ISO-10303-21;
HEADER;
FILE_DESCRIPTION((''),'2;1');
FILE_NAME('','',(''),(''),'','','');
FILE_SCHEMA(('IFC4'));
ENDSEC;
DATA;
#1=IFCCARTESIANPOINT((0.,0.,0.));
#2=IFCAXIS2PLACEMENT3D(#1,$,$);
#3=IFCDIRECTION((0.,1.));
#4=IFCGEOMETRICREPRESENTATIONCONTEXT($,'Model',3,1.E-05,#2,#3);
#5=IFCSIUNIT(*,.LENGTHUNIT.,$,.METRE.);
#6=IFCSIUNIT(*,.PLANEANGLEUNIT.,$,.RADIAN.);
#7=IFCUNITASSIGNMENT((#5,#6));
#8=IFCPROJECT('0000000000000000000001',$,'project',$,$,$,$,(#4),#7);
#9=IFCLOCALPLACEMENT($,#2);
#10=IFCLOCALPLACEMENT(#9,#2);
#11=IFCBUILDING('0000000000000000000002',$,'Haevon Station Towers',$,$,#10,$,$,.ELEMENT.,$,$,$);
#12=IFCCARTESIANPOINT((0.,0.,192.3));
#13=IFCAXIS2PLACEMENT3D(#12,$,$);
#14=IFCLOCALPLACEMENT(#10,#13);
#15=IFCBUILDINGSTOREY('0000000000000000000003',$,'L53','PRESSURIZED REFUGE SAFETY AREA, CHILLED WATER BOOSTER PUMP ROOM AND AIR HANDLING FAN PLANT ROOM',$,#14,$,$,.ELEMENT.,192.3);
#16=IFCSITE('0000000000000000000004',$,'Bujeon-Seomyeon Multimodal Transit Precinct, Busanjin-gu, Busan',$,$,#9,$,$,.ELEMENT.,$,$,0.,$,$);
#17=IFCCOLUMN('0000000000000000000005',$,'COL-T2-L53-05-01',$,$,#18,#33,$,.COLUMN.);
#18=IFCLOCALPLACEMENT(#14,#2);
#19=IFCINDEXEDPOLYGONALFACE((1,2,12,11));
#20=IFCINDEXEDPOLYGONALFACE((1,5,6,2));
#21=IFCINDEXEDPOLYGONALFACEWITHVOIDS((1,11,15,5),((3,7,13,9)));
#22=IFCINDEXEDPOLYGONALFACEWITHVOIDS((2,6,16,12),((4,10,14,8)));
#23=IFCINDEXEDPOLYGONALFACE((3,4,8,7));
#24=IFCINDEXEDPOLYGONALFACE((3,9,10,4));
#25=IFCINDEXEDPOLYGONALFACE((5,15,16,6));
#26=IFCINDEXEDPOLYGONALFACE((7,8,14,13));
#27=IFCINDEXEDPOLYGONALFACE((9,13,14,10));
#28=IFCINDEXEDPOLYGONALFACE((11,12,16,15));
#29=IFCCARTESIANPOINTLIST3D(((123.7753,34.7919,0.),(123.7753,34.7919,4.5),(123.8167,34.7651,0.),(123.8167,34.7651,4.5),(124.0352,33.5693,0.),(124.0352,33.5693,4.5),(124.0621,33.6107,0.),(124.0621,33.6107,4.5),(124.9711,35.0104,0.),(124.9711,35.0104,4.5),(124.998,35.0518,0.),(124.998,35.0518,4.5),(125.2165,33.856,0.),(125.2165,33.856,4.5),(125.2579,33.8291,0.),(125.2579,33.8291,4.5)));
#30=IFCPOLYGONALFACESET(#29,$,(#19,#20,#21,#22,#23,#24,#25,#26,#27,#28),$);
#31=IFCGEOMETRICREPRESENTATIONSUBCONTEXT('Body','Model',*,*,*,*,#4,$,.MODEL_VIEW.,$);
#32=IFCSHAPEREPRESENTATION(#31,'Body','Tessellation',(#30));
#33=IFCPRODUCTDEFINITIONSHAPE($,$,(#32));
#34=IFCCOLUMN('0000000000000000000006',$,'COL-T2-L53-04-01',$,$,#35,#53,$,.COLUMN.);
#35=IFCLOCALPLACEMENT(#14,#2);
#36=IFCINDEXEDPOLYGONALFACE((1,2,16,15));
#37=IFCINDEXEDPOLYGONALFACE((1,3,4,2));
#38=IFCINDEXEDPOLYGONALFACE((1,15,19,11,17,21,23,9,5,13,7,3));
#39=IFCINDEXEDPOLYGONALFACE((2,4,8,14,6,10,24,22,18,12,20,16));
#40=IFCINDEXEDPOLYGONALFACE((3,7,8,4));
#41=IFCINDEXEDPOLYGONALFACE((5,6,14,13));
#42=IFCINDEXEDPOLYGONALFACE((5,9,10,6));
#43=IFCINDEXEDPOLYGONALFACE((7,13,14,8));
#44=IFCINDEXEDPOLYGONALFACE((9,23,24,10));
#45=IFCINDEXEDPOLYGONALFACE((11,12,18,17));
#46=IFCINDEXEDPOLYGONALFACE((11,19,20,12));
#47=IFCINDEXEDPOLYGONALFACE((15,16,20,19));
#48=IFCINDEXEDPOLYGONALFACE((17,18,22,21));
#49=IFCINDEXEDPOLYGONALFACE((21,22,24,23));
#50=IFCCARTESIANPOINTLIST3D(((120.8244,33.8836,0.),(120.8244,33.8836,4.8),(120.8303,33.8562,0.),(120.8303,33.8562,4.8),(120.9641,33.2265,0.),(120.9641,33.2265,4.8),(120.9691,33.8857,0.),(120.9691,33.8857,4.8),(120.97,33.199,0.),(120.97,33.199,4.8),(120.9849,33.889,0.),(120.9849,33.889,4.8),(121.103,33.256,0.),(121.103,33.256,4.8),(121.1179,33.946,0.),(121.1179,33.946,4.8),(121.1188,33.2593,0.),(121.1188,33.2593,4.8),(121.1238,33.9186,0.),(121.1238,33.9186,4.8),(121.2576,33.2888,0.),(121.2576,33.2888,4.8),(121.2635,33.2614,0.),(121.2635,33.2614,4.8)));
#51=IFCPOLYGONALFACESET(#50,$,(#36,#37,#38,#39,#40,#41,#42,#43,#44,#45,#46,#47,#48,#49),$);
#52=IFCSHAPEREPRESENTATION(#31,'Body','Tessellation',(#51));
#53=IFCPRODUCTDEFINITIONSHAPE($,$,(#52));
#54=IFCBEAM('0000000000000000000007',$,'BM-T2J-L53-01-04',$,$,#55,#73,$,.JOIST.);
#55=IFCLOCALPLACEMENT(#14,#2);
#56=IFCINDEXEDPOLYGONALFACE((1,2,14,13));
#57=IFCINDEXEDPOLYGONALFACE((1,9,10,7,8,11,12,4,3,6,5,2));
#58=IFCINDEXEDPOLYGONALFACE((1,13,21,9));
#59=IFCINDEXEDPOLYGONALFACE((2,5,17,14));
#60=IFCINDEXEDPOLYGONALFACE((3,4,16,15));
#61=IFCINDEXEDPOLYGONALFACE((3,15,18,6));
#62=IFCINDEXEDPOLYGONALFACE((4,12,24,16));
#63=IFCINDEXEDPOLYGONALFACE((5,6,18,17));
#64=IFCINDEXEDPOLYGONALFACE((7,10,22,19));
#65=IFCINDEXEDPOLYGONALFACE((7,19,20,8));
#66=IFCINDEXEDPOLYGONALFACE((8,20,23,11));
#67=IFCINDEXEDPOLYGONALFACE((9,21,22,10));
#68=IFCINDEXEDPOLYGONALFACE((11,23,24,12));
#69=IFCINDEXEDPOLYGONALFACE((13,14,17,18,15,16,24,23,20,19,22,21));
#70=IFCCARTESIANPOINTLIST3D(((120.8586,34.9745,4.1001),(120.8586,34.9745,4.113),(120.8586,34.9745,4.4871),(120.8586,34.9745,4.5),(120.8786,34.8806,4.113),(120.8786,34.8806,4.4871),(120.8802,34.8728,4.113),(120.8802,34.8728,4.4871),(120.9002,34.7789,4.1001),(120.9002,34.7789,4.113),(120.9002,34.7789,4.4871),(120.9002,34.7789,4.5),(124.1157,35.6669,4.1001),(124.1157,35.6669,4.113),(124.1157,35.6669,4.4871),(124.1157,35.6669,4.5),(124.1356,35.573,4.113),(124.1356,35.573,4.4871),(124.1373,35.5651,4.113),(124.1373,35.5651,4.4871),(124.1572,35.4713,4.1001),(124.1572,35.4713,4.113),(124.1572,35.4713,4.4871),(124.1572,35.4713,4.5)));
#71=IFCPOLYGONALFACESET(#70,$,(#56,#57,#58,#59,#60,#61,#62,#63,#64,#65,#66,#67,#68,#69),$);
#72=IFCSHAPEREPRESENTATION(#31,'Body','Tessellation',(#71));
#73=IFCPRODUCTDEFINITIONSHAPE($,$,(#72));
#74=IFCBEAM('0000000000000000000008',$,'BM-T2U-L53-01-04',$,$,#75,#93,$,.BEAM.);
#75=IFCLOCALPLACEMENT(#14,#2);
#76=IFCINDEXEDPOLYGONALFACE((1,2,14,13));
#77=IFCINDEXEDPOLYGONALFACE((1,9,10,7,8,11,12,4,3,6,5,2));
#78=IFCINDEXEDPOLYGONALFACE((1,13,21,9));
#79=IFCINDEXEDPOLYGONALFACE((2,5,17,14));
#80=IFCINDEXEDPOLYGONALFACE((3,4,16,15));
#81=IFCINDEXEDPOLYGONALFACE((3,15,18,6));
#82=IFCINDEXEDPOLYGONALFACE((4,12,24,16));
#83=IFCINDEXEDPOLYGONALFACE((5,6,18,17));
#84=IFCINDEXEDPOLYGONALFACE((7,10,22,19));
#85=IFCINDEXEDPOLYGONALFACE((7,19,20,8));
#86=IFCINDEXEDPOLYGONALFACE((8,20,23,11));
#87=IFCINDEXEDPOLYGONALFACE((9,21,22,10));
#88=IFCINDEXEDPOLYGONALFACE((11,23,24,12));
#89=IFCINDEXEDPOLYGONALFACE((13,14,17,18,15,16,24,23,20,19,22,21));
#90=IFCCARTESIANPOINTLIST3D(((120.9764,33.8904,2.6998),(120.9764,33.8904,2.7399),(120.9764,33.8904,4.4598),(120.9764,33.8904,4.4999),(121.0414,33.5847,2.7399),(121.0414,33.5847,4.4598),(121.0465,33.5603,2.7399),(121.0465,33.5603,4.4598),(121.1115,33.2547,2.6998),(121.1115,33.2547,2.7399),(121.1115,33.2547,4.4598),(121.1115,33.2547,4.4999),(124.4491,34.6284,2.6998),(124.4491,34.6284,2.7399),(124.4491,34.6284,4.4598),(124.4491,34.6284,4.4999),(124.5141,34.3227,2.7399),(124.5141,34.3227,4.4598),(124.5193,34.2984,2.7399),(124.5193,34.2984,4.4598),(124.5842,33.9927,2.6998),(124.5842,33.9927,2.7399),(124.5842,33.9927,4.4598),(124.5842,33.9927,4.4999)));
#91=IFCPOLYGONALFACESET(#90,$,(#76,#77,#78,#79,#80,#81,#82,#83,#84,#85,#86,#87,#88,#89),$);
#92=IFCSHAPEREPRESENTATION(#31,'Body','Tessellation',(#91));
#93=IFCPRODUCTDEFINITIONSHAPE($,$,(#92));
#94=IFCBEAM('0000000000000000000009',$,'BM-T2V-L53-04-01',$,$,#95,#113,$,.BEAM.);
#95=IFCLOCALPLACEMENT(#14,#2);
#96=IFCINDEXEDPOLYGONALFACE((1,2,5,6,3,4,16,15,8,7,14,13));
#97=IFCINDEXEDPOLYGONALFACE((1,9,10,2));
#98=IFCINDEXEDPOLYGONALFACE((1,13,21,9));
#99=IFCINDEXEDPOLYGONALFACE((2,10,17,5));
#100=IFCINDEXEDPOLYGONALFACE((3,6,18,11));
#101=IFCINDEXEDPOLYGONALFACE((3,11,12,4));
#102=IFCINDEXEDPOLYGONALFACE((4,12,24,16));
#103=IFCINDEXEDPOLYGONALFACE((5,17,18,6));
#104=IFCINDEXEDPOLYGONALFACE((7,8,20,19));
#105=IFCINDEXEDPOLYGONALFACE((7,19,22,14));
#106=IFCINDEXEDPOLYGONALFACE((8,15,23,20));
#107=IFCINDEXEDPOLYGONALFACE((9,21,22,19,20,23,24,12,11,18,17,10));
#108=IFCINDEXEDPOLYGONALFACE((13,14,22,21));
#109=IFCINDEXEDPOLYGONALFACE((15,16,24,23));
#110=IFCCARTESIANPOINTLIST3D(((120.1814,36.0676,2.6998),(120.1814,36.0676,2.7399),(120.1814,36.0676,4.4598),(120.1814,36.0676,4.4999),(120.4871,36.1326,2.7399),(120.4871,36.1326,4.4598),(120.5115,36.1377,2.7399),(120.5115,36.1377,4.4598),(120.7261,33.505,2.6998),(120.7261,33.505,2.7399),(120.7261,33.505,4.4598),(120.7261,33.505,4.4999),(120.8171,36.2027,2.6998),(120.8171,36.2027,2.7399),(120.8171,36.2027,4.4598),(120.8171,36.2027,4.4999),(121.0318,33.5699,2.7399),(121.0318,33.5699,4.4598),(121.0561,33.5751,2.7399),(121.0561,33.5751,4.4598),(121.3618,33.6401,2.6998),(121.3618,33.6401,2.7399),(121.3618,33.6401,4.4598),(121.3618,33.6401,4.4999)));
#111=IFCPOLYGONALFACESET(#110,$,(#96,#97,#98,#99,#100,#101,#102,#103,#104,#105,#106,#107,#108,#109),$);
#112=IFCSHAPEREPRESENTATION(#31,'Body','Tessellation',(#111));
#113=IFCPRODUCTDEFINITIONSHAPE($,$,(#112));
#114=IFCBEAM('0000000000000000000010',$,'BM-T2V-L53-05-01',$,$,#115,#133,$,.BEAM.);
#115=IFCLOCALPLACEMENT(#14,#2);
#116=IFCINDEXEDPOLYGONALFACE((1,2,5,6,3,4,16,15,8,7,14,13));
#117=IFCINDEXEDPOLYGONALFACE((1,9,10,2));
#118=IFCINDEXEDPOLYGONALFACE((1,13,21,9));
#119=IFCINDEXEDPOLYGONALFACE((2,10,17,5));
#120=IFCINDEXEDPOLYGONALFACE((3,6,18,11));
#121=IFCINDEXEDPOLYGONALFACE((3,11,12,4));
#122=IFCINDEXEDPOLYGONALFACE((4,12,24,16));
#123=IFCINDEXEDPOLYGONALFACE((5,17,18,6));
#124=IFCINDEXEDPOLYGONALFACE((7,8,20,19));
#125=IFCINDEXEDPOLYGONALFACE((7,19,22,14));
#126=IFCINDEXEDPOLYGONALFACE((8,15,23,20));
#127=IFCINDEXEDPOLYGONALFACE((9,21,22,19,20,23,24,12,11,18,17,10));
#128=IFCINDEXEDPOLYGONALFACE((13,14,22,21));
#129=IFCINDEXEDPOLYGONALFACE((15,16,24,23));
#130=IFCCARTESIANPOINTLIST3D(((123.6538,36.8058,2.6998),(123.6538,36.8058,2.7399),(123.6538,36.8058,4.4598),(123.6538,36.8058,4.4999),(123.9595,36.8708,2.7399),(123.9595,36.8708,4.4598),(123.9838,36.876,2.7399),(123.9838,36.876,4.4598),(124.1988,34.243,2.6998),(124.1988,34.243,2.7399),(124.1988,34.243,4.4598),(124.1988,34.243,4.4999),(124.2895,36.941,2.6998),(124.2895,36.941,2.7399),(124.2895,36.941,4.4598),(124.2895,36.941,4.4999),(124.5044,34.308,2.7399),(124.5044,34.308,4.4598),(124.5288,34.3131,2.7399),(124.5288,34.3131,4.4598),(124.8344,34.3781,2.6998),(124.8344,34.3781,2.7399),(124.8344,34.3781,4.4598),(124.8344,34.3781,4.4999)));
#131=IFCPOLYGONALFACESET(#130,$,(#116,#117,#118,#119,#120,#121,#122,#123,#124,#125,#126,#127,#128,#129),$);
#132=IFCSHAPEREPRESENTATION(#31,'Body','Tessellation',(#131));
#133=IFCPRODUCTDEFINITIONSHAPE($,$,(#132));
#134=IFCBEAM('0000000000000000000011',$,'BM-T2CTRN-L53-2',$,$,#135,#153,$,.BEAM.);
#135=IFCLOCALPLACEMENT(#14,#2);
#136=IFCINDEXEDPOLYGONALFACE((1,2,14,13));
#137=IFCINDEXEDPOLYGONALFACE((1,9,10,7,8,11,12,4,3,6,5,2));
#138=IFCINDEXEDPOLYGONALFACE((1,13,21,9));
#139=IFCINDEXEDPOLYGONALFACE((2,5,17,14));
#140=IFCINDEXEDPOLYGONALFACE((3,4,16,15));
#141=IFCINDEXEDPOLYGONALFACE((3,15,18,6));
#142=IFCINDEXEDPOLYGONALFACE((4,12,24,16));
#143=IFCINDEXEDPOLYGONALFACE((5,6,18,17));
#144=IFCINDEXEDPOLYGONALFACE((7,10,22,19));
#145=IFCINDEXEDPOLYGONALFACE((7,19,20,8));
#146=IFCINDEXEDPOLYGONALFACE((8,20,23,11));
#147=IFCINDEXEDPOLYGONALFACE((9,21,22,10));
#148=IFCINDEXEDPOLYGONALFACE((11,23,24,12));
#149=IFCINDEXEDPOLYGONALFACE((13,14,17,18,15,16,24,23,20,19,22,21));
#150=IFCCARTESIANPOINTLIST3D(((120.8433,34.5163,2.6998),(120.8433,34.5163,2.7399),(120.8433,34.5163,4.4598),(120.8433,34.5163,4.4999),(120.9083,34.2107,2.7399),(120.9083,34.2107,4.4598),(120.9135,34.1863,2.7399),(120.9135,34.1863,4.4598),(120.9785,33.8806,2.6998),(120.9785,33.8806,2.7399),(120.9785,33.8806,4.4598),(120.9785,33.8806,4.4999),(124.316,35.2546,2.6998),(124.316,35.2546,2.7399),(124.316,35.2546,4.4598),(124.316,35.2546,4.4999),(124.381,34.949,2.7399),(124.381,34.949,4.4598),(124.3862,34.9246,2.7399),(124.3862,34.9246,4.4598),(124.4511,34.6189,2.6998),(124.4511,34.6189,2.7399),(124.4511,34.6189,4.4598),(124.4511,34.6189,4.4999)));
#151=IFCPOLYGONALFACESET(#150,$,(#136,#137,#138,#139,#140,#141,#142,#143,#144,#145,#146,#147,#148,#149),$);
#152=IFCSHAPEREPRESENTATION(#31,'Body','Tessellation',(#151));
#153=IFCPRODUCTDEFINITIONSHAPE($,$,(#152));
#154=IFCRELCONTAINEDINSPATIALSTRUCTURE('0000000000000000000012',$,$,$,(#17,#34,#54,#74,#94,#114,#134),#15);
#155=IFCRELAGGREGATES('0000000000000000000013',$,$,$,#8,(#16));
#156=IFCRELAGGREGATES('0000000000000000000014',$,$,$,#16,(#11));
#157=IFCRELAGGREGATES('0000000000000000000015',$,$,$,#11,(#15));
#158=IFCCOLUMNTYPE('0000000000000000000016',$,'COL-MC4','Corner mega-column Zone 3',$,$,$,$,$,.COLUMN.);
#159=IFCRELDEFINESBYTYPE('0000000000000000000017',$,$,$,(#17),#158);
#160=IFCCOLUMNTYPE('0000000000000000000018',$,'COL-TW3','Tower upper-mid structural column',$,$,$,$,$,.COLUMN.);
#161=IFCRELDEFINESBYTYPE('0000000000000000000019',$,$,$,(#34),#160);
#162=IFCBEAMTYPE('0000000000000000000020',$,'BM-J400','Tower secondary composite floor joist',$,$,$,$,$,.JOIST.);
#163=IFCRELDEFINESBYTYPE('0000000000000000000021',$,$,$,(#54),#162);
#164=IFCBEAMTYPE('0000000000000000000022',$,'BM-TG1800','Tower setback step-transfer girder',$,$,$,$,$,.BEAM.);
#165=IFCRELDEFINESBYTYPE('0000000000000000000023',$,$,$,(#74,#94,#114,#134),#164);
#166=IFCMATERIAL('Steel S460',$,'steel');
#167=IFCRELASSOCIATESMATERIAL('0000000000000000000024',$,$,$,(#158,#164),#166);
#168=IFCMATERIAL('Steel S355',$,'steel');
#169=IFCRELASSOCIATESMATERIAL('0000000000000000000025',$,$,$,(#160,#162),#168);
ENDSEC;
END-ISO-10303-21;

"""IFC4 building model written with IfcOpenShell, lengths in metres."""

from ifc_helpers import new_model, si_unit, direction, frame, origin, origin_2d, place, context, subcontext, project, spatial, hollow_rectangle, i_section, extrude, material, material_profile, profile_set, type_object, element, save


model = new_model("IFC4")

# Units and contexts
model_context = context("Model", 3, precision=1e-05, world=origin(), true_north=direction((0.0, 1.0)))
body_context = subcontext(model_context, "Body", "Model", "MODEL_VIEW")
ifc_project = project(units=[si_unit("LENGTHUNIT", "METRE"), si_unit("PLANEANGLEUNIT", "RADIAN")], contexts=[model_context])

# Site, building, storey
site_placement = place(None, origin())
site = spatial("IfcSite", under=ifc_project, at=site_placement, Name="Bujeon-Seomyeon Multimodal Transit Precinct, Busanjin-gu, Busan", CompositionType="ELEMENT", RefElevation=0.0)
building_placement = place(site_placement, origin())
building = spatial("IfcBuilding", under=site, at=building_placement, Name="Haevon Station Towers", CompositionType="ELEMENT")
storey_placement = place(building_placement, frame((0.0, 0.0, 192.3)))
storey = spatial("IfcBuildingStorey", under=building, at=storey_placement, Name="L53", Description="PRESSURIZED REFUGE SAFETY AREA, CHILLED WATER BOOSTER PUMP ROOM AND AIR HANDLING FAN PLANT ROOM", CompositionType="ELEMENT", Elevation=192.3)

# Columns
ifc_material_1 = material(Name="Steel S460", Category="steel")
ifc_material_profile_1 = material_profile(ifc_material_1, hollow_rectangle(XDim=1.25, YDim=1.25, WallThickness=0.0349, at=origin_2d()), Name="BOX-1250x1250x35")
ifc_profile_set_1 = profile_set([ifc_material_profile_1], Name="Steel S460")
column_type_1 = type_object("IfcColumnType", Name="COL-MC4", Description="Corner mega-column Zone 3", PredefinedType="COLUMN", material=ifc_profile_set_1)
column_1_placement = place(storey_placement, frame((124.5166, 34.3105, 0.0), z_axis=(0.0, 0.0, 1.0), x_axis=(0.978148, 0.207912, 0.0)))
element("IfcColumn", 1, at=column_1_placement, inside=storey, type_object=column_type_1, Name="COL-T2-L53-05-01", PredefinedType="COLUMN", context=body_context, shape_type="SweptSolid", body=[
    extrude(hollow_rectangle(XDim=1.25, YDim=1.25, WallThickness=0.0349, at=origin_2d()), origin(), (0.0, 0.0, 1.0), 4.5),
])
ifc_material_2 = material(Name="Steel S355", Category="steel")
ifc_material_profile_2 = material_profile(ifc_material_2, i_section(OverallWidth=0.3, OverallDepth=0.7, WebThickness=0.0161, FlangeThickness=0.0281, at=origin_2d()), Name="H-700x300x16x28")
ifc_profile_set_2 = profile_set([ifc_material_profile_2], Name="Steel S355")
column_type_2 = type_object("IfcColumnType", Name="COL-TW3", Description="Tower upper-mid structural column", PredefinedType="COLUMN", material=ifc_profile_set_2)
column_2_placement = place(storey_placement, frame((121.0439, 33.5725, 0.0), z_axis=(0.0, 0.0, 1.0), x_axis=(0.978148, 0.207912, 0.0)))
element("IfcColumn", 2, at=column_2_placement, inside=storey, type_object=column_type_2, Name="COL-T2-L53-04-01", PredefinedType="COLUMN", context=body_context, shape_type="SweptSolid", body=[
    extrude(i_section(OverallWidth=0.3, OverallDepth=0.7, WebThickness=0.0161, FlangeThickness=0.0281, at=origin_2d()), origin(), (0.0, 0.0, 1.0), 4.8),
])

# Beams
ifc_material_profile_3 = material_profile(ifc_material_2, i_section(OverallWidth=0.2, OverallDepth=0.3999, WebThickness=0.0081, FlangeThickness=0.0129, at=origin_2d()), Name="H-400x200x8x13")
ifc_profile_set_3 = profile_set([ifc_material_profile_3], Name="Steel S355")
beam_type_1 = type_object("IfcBeamType", Name="BM-J400", Description="Tower secondary composite floor joist", PredefinedType="JOIST", material=ifc_profile_set_3)
beam_1_placement = place(storey_placement, frame((120.8794, 34.8767, 4.3), z_axis=(0.978143, 0.207932, 0.0), x_axis=(-0.207932, 0.978143, 0.0)))
element("IfcBeam", 3, at=beam_1_placement, inside=storey, type_object=beam_type_1, Name="BM-T2J-L53-01-04", PredefinedType="JOIST", context=body_context, shape_type="SweptSolid", body=[
    extrude(i_section(OverallWidth=0.2, OverallDepth=0.3999, WebThickness=0.0081, FlangeThickness=0.0129, at=origin_2d()), origin(), (0.0, 0.0, 1.0), 3.3298),
])
ifc_material_profile_4 = material_profile(ifc_material_1, i_section(OverallWidth=0.6499, OverallDepth=1.8, WebThickness=0.0249, FlangeThickness=0.04, at=origin_2d()), Name="H-1800x650x25x40")
ifc_profile_set_4 = profile_set([ifc_material_profile_4], Name="Steel S460")
beam_type_2 = type_object("IfcBeamType", Name="BM-TG1800", Description="Tower setback step-transfer girder", PredefinedType="BEAM", material=ifc_profile_set_4)
beam_2_placement = place(storey_placement, frame((121.0439, 33.5725, 3.5999), z_axis=(0.978153, 0.207885, 0.0), x_axis=(-0.207885, 0.978153, 0.0)))
element("IfcBeam", 4, at=beam_2_placement, inside=storey, type_object=beam_type_2, Name="BM-T2U-L53-01-04", PredefinedType="BEAM", context=body_context, shape_type="SweptSolid", body=[
    extrude(i_section(OverallWidth=0.6499, OverallDepth=1.8, WebThickness=0.0249, FlangeThickness=0.04, at=origin_2d()), origin(), (0.0, 0.0, 1.0), 3.5503),
])
beam_3_placement = place(storey_placement, frame((121.0439, 33.5725, 3.5999), z_axis=(-0.207893, 0.978152, 0.0), x_axis=(-0.978152, -0.207893, 0.0)))
element("IfcBeam", 5, at=beam_3_placement, inside=storey, type_object=beam_type_2, Name="BM-T2V-L53-04-01", PredefinedType="BEAM", context=body_context, shape_type="SweptSolid", body=[
    extrude(i_section(OverallWidth=0.6499, OverallDepth=1.8, WebThickness=0.0249, FlangeThickness=0.04, at=origin_2d()), origin(), (0.0, 0.0, 1.0), 2.6199),
])
beam_4_placement = place(storey_placement, frame((124.5166, 34.3105, 3.5999), z_axis=(-0.207982, 0.978133, 0.0), x_axis=(-0.978133, -0.207982, 0.0)))
element("IfcBeam", 6, at=beam_4_placement, inside=storey, type_object=beam_type_2, Name="BM-T2V-L53-05-01", PredefinedType="BEAM", context=body_context, shape_type="SweptSolid", body=[
    extrude(i_section(OverallWidth=0.6499, OverallDepth=1.8, WebThickness=0.0249, FlangeThickness=0.04, at=origin_2d()), origin(), (0.0, 0.0, 1.0), 2.6201),
])
beam_5_placement = place(storey_placement, frame((120.9109, 34.1985, 3.5999), z_axis=(0.978139, 0.207951, 0.0), x_axis=(-0.207951, 0.978139, 0.0)))
element("IfcBeam", 7, at=beam_5_placement, inside=storey, type_object=beam_type_2, Name="BM-T2CTRN-L53-2", PredefinedType="BEAM", context=body_context, shape_type="SweptSolid", body=[
    extrude(i_section(OverallWidth=0.6499, OverallDepth=1.8, WebThickness=0.0249, FlangeThickness=0.04, at=origin_2d()), origin(), (0.0, 0.0, 1.0), 3.5503),
])

save(model, "model.ifc")
